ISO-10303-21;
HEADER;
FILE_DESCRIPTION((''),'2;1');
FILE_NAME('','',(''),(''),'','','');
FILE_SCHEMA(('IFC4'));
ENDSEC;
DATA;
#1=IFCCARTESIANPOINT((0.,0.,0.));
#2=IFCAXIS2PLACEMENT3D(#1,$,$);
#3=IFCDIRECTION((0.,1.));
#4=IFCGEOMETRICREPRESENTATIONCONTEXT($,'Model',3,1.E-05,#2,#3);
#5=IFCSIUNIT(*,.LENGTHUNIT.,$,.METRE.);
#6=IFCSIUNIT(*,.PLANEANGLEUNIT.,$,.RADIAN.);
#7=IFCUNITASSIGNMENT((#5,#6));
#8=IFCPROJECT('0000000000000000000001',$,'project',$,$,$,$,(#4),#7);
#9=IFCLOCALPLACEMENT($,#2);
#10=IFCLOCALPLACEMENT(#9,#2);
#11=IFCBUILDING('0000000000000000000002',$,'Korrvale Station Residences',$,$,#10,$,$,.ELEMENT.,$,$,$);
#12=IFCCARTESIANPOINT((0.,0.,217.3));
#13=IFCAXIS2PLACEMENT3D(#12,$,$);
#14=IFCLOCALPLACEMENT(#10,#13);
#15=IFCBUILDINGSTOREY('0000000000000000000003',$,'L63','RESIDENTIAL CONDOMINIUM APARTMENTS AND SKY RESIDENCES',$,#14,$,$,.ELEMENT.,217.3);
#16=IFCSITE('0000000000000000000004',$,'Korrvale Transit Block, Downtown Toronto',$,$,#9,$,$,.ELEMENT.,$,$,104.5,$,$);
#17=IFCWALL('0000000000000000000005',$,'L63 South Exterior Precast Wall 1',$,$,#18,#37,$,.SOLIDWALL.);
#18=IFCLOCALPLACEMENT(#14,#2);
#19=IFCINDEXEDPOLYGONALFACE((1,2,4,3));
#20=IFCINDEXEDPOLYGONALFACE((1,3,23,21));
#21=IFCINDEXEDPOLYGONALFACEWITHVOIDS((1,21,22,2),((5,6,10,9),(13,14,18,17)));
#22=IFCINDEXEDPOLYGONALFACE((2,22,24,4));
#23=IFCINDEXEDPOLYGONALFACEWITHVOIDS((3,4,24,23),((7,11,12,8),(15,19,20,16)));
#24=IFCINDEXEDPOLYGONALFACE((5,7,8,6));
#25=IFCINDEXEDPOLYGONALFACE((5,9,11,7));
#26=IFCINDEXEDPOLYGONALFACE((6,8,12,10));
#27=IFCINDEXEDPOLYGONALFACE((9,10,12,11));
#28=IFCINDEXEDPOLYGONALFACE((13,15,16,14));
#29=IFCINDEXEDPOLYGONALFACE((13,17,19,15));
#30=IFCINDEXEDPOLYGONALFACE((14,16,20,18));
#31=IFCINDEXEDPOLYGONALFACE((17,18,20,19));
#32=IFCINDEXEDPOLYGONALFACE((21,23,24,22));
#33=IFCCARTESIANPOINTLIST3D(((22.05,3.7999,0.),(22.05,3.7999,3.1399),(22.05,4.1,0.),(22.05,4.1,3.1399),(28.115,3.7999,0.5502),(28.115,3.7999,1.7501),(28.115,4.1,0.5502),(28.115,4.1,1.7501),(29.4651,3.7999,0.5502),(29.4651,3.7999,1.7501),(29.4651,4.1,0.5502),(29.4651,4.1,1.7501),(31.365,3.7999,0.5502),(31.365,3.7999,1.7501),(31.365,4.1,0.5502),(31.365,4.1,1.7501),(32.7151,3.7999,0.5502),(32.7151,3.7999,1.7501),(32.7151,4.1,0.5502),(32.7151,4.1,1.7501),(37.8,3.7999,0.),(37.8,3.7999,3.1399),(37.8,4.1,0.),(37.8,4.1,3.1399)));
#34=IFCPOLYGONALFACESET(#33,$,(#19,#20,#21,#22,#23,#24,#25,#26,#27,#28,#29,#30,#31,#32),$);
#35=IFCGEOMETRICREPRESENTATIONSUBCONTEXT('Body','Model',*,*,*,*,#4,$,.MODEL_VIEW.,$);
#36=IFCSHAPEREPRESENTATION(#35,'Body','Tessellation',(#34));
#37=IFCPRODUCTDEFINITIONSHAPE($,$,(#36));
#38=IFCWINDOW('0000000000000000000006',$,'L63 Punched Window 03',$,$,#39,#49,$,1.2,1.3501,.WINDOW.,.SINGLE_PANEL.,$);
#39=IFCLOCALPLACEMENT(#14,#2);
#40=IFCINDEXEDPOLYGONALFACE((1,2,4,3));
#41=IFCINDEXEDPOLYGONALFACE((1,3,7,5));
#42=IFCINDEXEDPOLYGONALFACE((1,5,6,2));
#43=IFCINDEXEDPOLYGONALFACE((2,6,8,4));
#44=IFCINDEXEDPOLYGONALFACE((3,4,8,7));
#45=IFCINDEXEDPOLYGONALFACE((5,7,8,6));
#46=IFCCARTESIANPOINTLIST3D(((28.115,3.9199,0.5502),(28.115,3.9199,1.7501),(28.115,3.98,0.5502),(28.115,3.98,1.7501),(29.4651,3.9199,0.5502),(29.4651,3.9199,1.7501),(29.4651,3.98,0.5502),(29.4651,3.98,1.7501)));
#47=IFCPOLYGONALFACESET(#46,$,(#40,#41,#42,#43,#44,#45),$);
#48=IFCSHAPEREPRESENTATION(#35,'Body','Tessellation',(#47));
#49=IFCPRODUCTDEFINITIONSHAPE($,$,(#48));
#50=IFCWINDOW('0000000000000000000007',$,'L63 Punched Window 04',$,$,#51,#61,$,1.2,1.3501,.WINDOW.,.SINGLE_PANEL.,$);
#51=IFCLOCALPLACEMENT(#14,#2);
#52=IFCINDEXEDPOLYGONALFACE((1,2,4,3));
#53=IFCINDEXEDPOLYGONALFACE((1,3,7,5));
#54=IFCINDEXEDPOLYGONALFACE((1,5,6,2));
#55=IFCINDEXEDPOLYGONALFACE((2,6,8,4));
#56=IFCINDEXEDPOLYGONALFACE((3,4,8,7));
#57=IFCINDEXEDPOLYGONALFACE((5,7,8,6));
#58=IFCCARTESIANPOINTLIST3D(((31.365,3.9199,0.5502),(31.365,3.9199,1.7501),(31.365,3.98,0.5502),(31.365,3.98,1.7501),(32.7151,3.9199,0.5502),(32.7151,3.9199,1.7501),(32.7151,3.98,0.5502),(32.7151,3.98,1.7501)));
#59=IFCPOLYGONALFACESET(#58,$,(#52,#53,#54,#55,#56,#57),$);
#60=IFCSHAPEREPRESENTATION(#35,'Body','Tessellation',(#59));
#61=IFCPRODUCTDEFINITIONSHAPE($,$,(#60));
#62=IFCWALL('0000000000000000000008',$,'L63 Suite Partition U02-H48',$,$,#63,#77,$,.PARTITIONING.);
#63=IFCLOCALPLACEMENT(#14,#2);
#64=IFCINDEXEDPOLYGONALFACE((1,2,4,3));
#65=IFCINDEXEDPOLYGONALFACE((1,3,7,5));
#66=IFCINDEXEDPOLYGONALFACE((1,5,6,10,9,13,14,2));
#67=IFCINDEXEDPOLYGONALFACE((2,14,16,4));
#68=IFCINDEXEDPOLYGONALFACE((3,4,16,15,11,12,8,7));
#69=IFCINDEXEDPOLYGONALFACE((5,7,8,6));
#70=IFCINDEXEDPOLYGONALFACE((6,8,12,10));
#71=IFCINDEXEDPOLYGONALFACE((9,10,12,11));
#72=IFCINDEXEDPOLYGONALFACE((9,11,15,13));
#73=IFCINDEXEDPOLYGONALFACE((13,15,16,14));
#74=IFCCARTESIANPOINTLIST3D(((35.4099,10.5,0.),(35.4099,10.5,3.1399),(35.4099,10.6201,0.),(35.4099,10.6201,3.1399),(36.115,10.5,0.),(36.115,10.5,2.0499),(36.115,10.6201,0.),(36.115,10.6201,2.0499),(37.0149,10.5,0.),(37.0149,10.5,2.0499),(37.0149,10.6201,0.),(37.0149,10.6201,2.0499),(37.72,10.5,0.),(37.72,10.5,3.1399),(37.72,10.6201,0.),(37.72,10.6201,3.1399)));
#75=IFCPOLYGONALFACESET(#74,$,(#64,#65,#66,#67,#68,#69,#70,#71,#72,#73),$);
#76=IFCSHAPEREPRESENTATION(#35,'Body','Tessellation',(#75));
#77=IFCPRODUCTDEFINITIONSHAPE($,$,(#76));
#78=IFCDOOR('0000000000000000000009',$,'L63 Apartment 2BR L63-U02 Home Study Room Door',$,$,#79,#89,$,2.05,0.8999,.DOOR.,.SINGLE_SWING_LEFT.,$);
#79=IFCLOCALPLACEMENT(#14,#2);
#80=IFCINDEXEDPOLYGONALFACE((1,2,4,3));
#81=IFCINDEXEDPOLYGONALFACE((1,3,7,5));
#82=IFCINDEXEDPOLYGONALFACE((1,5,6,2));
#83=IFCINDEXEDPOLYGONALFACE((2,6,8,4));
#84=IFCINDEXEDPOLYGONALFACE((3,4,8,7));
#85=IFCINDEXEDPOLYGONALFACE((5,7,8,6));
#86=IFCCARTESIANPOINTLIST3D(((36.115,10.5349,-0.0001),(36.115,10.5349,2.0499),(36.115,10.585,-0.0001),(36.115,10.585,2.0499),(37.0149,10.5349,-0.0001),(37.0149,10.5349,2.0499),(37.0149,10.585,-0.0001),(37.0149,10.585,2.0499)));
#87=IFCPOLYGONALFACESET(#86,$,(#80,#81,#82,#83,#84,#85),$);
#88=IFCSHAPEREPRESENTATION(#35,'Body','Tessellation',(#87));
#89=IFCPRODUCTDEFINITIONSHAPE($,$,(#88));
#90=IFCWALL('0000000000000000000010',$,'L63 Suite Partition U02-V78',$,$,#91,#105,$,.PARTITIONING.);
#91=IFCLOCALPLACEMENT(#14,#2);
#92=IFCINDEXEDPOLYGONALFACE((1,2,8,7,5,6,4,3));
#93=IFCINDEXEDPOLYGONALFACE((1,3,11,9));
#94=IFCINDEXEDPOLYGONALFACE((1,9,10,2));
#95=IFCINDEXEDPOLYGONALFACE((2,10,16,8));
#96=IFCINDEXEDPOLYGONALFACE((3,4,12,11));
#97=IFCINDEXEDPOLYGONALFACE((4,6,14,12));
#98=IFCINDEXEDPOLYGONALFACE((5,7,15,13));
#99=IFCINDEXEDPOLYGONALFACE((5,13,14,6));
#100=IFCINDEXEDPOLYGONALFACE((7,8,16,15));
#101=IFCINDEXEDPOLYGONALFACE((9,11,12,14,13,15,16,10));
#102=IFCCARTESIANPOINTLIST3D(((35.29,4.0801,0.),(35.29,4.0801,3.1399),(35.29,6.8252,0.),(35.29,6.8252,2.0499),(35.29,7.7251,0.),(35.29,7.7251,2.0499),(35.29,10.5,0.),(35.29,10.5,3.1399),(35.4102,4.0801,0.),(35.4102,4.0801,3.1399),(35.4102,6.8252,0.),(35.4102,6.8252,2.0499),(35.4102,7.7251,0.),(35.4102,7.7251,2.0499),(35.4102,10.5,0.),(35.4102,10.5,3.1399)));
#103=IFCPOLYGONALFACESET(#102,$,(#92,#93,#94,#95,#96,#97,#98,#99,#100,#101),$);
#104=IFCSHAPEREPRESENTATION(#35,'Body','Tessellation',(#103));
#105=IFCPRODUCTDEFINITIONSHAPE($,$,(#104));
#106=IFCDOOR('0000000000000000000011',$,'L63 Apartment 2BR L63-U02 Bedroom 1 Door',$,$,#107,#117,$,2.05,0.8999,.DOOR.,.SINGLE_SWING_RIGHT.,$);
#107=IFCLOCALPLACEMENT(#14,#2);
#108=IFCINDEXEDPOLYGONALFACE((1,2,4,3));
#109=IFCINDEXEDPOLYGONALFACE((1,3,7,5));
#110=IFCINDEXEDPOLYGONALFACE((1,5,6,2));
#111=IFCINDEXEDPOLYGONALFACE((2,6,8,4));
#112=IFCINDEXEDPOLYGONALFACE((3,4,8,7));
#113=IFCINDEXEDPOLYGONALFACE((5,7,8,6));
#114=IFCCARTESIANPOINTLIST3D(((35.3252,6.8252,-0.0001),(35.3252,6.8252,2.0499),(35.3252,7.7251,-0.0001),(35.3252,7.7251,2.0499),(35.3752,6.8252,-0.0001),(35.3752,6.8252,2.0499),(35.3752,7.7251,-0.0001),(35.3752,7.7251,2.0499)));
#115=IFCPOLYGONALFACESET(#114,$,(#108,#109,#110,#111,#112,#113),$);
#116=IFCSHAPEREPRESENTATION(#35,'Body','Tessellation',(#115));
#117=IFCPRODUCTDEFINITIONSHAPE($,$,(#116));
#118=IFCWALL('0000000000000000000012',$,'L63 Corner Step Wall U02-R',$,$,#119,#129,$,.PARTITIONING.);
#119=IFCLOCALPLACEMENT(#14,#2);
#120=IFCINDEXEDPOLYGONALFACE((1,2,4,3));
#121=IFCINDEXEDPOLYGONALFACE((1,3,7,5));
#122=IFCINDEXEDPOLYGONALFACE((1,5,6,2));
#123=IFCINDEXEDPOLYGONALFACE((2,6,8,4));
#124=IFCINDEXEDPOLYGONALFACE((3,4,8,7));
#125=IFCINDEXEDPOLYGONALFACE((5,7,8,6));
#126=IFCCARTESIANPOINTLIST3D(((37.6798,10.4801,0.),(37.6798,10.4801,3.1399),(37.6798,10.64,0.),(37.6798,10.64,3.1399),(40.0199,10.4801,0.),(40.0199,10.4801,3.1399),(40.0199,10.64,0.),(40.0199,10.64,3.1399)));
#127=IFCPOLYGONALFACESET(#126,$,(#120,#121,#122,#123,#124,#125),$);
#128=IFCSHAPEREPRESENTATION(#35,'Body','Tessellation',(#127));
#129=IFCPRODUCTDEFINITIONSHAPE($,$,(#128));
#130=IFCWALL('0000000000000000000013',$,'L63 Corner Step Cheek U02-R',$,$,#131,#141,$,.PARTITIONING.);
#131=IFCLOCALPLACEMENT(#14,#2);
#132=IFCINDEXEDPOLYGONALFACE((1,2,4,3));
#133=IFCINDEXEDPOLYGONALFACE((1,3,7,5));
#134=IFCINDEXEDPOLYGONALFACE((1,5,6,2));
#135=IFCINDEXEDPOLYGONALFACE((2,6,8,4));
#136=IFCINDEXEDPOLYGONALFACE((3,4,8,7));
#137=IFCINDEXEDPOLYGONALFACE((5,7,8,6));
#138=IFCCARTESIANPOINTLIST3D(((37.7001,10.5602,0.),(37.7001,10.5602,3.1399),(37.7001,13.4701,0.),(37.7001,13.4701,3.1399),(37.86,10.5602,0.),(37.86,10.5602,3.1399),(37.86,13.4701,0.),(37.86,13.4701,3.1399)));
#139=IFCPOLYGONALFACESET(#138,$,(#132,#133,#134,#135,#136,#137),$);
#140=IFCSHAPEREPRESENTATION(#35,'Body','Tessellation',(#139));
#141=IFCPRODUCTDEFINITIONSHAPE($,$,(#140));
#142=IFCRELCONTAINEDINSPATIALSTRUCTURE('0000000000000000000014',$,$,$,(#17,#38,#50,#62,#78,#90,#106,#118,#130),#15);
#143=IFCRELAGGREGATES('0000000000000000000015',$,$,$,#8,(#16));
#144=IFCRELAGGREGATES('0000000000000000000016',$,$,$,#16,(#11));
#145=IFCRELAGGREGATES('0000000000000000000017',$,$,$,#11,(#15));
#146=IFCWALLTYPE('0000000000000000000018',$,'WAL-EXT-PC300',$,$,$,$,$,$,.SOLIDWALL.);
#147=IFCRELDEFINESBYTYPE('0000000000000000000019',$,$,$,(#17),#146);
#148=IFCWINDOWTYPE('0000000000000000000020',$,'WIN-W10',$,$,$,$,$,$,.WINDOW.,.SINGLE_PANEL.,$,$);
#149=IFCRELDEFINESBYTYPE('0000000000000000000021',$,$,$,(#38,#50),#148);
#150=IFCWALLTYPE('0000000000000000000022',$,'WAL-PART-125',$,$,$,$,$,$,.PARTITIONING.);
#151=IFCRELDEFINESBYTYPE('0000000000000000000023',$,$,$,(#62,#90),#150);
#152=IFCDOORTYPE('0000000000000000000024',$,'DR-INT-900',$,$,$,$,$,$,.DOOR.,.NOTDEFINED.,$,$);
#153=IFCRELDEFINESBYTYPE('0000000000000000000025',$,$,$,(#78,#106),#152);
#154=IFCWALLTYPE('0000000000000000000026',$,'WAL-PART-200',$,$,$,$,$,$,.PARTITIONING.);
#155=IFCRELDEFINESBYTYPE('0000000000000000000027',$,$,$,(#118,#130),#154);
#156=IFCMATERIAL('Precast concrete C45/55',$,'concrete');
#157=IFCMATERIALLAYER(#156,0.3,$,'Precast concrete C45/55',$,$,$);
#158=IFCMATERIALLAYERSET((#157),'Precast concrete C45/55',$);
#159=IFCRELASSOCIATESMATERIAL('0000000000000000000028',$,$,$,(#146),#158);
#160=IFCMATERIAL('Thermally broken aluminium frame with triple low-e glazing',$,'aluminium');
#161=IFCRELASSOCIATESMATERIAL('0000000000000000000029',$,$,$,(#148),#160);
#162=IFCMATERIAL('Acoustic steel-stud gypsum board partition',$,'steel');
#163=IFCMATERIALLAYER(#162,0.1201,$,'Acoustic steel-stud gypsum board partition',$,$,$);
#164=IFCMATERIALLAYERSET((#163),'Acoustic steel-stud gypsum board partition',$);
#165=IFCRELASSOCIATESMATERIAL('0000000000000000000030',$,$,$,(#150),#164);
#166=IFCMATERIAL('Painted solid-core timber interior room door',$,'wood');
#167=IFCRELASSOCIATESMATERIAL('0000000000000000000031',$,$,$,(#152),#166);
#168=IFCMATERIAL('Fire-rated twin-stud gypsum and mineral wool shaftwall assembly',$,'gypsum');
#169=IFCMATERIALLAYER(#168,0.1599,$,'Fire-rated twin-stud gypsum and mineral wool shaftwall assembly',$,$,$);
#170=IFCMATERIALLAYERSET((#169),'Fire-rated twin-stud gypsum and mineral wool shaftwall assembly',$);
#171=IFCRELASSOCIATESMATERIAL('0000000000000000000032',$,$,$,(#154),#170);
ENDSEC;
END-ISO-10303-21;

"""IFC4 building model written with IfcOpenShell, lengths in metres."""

from ifc_helpers import new_model, si_unit, direction, frame, frame_2d, origin, place, context, subcontext, project, spatial, rectangle, extrude, material, layer, layer_set, type_object, element, fill, save


model = new_model("IFC4")

# Units and contexts
model_context = context("Model", 3, precision=1e-05, world=origin(), true_north=direction((0.0, 1.0)))
body_context = subcontext(model_context, "Body", "Model", "MODEL_VIEW")
ifc_project = project(units=[si_unit("LENGTHUNIT", "METRE"), si_unit("PLANEANGLEUNIT", "RADIAN")], contexts=[model_context])

# Site, building, storey
site_placement = place(None, origin())
site = spatial("IfcSite", under=ifc_project, at=site_placement, Name="Korrvale Transit Block, Downtown Toronto", CompositionType="ELEMENT", RefElevation=104.5)
building_placement = place(site_placement, origin())
building = spatial("IfcBuilding", under=site, at=building_placement, Name="Korrvale Station Residences", CompositionType="ELEMENT")
storey_placement = place(building_placement, frame((0.0, 0.0, 217.3)))
storey = spatial("IfcBuildingStorey", under=building, at=storey_placement, Name="L63", Description="RESIDENTIAL CONDOMINIUM APARTMENTS AND SKY RESIDENCES", CompositionType="ELEMENT", Elevation=217.3)

# Shared definitions
ifc_material_1 = material(Name="Precast concrete C45/55", Category="concrete")

# Wall, openings, windows
ifc_layer_1 = layer(ifc_material_1, 0.3, Name="Precast concrete C45/55")
ifc_layer_set_1 = layer_set([ifc_layer_1], Name="Precast concrete C45/55")
wall_type_1 = type_object("IfcWallType", Name="WAL-EXT-PC300", PredefinedType="SOLIDWALL", material=ifc_layer_set_1)
wall_1_placement = place(storey_placement, frame((37.8, 3.95, 0.0), z_axis=(0.0, 0.0, 1.0), x_axis=(-1.0, 0.0, 0.0)))
wall_1 = element("IfcWall", 1, at=wall_1_placement, inside=storey, type_object=wall_type_1, Name="L63 South Exterior Precast Wall 1", PredefinedType="SOLIDWALL", context=body_context, shape_type="SweptSolid", body=[
    extrude(rectangle(XDim=15.75, YDim=0.3, at=frame_2d((7.875, 0.0))), origin(), (0.0, 0.0, 1.0), 3.1399),
])
opening_1_placement = place(wall_1_placement, frame((8.335, 0.0, 0.55)))
opening_1 = element("IfcOpeningElement", 2, at=opening_1_placement, cuts=wall_1, PredefinedType="OPENING", context=body_context, shape_type="SweptSolid", body=[
    extrude(rectangle(XDim=1.3501, YDim=1.2, at=frame_2d((0.675, 0.6001))), frame((0.0, 0.1602, 0.0), z_axis=(0.0, -1.0, 0.0), x_axis=(1.0, 0.0, 0.0)), (0.0, 0.0, 1.0), 0.3201),
])
opening_2_placement = place(wall_1_placement, frame((5.085, 0.0, 0.55)))
opening_2 = element("IfcOpeningElement", 3, at=opening_2_placement, cuts=wall_1, PredefinedType="OPENING", context=body_context, shape_type="SweptSolid", body=[
    extrude(rectangle(XDim=1.3501, YDim=1.2, at=frame_2d((0.675, 0.6001))), frame((0.0, 0.1602, 0.0), z_axis=(0.0, -1.0, 0.0), x_axis=(1.0, 0.0, 0.0)), (0.0, 0.0, 1.0), 0.3201),
])
ifc_material_2 = material(Name="Thermally broken aluminium frame with triple low-e glazing", Category="aluminium")
window_type = type_object("IfcWindowType", Name="WIN-W10", PartitioningType="SINGLE_PANEL", PredefinedType="WINDOW", material=ifc_material_2)
window_1_placement = place(opening_1_placement, origin())
window_1 = element("IfcWindow", 4, at=window_1_placement, inside=storey, type_object=window_type, Name="L63 Punched Window 03", OverallHeight=1.2, OverallWidth=1.3501, PartitioningType="SINGLE_PANEL", PredefinedType="WINDOW", context=body_context, shape_type="SweptSolid", body=[
    extrude(rectangle(XDim=1.3501, YDim=1.2, at=frame_2d((0.675, 0.6001))), frame((0.0, 0.03, 0.0), z_axis=(0.0, -1.0, 0.0), x_axis=(1.0, 0.0, 0.0)), (0.0, 0.0, 1.0), 0.0601),
])
fill(opening_1, window_1)
window_2_placement = place(opening_2_placement, origin())
window_2 = element("IfcWindow", 5, at=window_2_placement, inside=storey, type_object=window_type, Name="L63 Punched Window 04", OverallHeight=1.2, OverallWidth=1.3501, PartitioningType="SINGLE_PANEL", PredefinedType="WINDOW", context=body_context, shape_type="SweptSolid", body=[
    extrude(rectangle(XDim=1.3501, YDim=1.2, at=frame_2d((0.675, 0.6001))), frame((0.0, 0.03, 0.0), z_axis=(0.0, -1.0, 0.0), x_axis=(1.0, 0.0, 0.0)), (0.0, 0.0, 1.0), 0.0601),
])
fill(opening_2, window_2)

# Walls, openings, doors
ifc_material_3 = material(Name="Acoustic steel-stud gypsum board partition", Category="steel")
ifc_layer_2 = layer(ifc_material_3, 0.1201, Name="Acoustic steel-stud gypsum board partition")
ifc_layer_set_2 = layer_set([ifc_layer_2], Name="Acoustic steel-stud gypsum board partition")
wall_type_2 = type_object("IfcWallType", Name="WAL-PART-125", PredefinedType="PARTITIONING", material=ifc_layer_set_2)
wall_2_placement = place(storey_placement, frame((35.4099, 10.5601, 0.0), z_axis=(0.0, 0.0, 1.0), x_axis=(1.0, 0.0, 0.0)))
wall_2 = element("IfcWall", 6, at=wall_2_placement, inside=storey, type_object=wall_type_2, Name="L63 Suite Partition U02-H48", PredefinedType="PARTITIONING", context=body_context, shape_type="SweptSolid", body=[
    extrude(rectangle(XDim=2.3101, YDim=0.1201, at=frame_2d((1.155, 0.0))), origin(), (0.0, 0.0, 1.0), 3.1399),
])
opening_3_placement = place(wall_2_placement, frame((0.7051, 0.0, 0.0)))
opening_3 = element("IfcOpeningElement", 7, at=opening_3_placement, cuts=wall_2, PredefinedType="OPENING", context=body_context, shape_type="SweptSolid", body=[
    extrude(rectangle(XDim=0.8999, YDim=2.05, at=frame_2d((0.45, 1.0249))), frame((0.0, 0.0701, 0.0), z_axis=(0.0, -1.0, 0.0), x_axis=(1.0, 0.0, 0.0)), (0.0, 0.0, 1.0), 0.1401),
])
ifc_material_4 = material(Name="Painted solid-core timber interior room door", Category="wood")
door_type = type_object("IfcDoorType", Name="DR-INT-900", OperationType="NOTDEFINED", PredefinedType="DOOR", material=ifc_material_4)
door_1_placement = place(opening_3_placement, origin())
door_1 = element("IfcDoor", 8, at=door_1_placement, inside=storey, type_object=door_type, Name="L63 Apartment 2BR L63-U02 Home Study Room Door", OperationType="SINGLE_SWING_LEFT", OverallHeight=2.05, OverallWidth=0.8999, PredefinedType="DOOR", context=body_context, shape_type="SweptSolid", body=[
    extrude(rectangle(XDim=0.8999, YDim=2.05, at=frame_2d((0.45, 1.0249))), frame((0.0, 0.0249, 0.0), z_axis=(0.0, -1.0, 0.0), x_axis=(1.0, 0.0, 0.0)), (0.0, 0.0, 1.0), 0.05),
])
fill(opening_3, door_1)
wall_3_placement = place(storey_placement, frame((35.3501, 4.0801, 0.0), z_axis=(0.0, 0.0, 1.0), x_axis=(0.0, 1.0, 0.0)))
wall_3 = element("IfcWall", 9, at=wall_3_placement, inside=storey, type_object=wall_type_2, Name="L63 Suite Partition U02-V78", PredefinedType="PARTITIONING", context=body_context, shape_type="SweptSolid", body=[
    extrude(rectangle(XDim=6.4199, YDim=0.1201, at=frame_2d((3.21, 0.0))), origin(), (0.0, 0.0, 1.0), 3.1399),
])
opening_4_placement = place(wall_3_placement, frame((2.7451, 0.0, 0.0)))
opening_4 = element("IfcOpeningElement", 10, at=opening_4_placement, cuts=wall_3, PredefinedType="OPENING", context=body_context, shape_type="SweptSolid", body=[
    extrude(rectangle(XDim=0.8999, YDim=2.05, at=frame_2d((0.45, 1.0249))), frame((0.0, 0.0701, 0.0), z_axis=(0.0, -1.0, 0.0), x_axis=(1.0, 0.0, 0.0)), (0.0, 0.0, 1.0), 0.1401),
])
door_2_placement = place(opening_4_placement, origin())
door_2 = element("IfcDoor", 11, at=door_2_placement, inside=storey, type_object=door_type, Name="L63 Apartment 2BR L63-U02 Bedroom 1 Door", OperationType="SINGLE_SWING_RIGHT", OverallHeight=2.05, OverallWidth=0.8999, PredefinedType="DOOR", context=body_context, shape_type="SweptSolid", body=[
    extrude(rectangle(XDim=0.8999, YDim=2.05, at=frame_2d((0.45, 1.0249))), frame((0.0, 0.0249, 0.0), z_axis=(0.0, -1.0, 0.0), x_axis=(1.0, 0.0, 0.0)), (0.0, 0.0, 1.0), 0.05),
])
fill(opening_4, door_2)

# Walls
ifc_material_5 = material(Name="Fire-rated twin-stud gypsum and mineral wool shaftwall assembly", Category="gypsum")
ifc_layer_3 = layer(ifc_material_5, 0.1599, Name="Fire-rated twin-stud gypsum and mineral wool shaftwall assembly")
ifc_layer_set_3 = layer_set([ifc_layer_3], Name="Fire-rated twin-stud gypsum and mineral wool shaftwall assembly")
wall_type_3 = type_object("IfcWallType", Name="WAL-PART-200", PredefinedType="PARTITIONING", material=ifc_layer_set_3)
wall_4_placement = place(storey_placement, frame((37.6799, 10.5601, 0.0), z_axis=(0.0, 0.0, 1.0), x_axis=(1.0, 0.0, 0.0)))
element("IfcWall", 12, at=wall_4_placement, inside=storey, type_object=wall_type_3, Name="L63 Corner Step Wall U02-R", PredefinedType="PARTITIONING", context=body_context, shape_type="SweptSolid", body=[
    extrude(rectangle(XDim=2.3401, YDim=0.1599, at=frame_2d((1.1699, 0.0))), origin(), (0.0, 0.0, 1.0), 3.1399),
])
wall_5_placement = place(storey_placement, frame((37.78, 10.5601, 0.0), z_axis=(0.0, 0.0, 1.0), x_axis=(0.0, 1.0, 0.0)))
element("IfcWall", 13, at=wall_5_placement, inside=storey, type_object=wall_type_3, Name="L63 Corner Step Cheek U02-R", PredefinedType="PARTITIONING", context=body_context, shape_type="SweptSolid", body=[
    extrude(rectangle(XDim=2.9099, YDim=0.1599, at=frame_2d((1.4551, 0.0))), origin(), (0.0, 0.0, 1.0), 3.1399),
])

save(model, "model.ifc")
